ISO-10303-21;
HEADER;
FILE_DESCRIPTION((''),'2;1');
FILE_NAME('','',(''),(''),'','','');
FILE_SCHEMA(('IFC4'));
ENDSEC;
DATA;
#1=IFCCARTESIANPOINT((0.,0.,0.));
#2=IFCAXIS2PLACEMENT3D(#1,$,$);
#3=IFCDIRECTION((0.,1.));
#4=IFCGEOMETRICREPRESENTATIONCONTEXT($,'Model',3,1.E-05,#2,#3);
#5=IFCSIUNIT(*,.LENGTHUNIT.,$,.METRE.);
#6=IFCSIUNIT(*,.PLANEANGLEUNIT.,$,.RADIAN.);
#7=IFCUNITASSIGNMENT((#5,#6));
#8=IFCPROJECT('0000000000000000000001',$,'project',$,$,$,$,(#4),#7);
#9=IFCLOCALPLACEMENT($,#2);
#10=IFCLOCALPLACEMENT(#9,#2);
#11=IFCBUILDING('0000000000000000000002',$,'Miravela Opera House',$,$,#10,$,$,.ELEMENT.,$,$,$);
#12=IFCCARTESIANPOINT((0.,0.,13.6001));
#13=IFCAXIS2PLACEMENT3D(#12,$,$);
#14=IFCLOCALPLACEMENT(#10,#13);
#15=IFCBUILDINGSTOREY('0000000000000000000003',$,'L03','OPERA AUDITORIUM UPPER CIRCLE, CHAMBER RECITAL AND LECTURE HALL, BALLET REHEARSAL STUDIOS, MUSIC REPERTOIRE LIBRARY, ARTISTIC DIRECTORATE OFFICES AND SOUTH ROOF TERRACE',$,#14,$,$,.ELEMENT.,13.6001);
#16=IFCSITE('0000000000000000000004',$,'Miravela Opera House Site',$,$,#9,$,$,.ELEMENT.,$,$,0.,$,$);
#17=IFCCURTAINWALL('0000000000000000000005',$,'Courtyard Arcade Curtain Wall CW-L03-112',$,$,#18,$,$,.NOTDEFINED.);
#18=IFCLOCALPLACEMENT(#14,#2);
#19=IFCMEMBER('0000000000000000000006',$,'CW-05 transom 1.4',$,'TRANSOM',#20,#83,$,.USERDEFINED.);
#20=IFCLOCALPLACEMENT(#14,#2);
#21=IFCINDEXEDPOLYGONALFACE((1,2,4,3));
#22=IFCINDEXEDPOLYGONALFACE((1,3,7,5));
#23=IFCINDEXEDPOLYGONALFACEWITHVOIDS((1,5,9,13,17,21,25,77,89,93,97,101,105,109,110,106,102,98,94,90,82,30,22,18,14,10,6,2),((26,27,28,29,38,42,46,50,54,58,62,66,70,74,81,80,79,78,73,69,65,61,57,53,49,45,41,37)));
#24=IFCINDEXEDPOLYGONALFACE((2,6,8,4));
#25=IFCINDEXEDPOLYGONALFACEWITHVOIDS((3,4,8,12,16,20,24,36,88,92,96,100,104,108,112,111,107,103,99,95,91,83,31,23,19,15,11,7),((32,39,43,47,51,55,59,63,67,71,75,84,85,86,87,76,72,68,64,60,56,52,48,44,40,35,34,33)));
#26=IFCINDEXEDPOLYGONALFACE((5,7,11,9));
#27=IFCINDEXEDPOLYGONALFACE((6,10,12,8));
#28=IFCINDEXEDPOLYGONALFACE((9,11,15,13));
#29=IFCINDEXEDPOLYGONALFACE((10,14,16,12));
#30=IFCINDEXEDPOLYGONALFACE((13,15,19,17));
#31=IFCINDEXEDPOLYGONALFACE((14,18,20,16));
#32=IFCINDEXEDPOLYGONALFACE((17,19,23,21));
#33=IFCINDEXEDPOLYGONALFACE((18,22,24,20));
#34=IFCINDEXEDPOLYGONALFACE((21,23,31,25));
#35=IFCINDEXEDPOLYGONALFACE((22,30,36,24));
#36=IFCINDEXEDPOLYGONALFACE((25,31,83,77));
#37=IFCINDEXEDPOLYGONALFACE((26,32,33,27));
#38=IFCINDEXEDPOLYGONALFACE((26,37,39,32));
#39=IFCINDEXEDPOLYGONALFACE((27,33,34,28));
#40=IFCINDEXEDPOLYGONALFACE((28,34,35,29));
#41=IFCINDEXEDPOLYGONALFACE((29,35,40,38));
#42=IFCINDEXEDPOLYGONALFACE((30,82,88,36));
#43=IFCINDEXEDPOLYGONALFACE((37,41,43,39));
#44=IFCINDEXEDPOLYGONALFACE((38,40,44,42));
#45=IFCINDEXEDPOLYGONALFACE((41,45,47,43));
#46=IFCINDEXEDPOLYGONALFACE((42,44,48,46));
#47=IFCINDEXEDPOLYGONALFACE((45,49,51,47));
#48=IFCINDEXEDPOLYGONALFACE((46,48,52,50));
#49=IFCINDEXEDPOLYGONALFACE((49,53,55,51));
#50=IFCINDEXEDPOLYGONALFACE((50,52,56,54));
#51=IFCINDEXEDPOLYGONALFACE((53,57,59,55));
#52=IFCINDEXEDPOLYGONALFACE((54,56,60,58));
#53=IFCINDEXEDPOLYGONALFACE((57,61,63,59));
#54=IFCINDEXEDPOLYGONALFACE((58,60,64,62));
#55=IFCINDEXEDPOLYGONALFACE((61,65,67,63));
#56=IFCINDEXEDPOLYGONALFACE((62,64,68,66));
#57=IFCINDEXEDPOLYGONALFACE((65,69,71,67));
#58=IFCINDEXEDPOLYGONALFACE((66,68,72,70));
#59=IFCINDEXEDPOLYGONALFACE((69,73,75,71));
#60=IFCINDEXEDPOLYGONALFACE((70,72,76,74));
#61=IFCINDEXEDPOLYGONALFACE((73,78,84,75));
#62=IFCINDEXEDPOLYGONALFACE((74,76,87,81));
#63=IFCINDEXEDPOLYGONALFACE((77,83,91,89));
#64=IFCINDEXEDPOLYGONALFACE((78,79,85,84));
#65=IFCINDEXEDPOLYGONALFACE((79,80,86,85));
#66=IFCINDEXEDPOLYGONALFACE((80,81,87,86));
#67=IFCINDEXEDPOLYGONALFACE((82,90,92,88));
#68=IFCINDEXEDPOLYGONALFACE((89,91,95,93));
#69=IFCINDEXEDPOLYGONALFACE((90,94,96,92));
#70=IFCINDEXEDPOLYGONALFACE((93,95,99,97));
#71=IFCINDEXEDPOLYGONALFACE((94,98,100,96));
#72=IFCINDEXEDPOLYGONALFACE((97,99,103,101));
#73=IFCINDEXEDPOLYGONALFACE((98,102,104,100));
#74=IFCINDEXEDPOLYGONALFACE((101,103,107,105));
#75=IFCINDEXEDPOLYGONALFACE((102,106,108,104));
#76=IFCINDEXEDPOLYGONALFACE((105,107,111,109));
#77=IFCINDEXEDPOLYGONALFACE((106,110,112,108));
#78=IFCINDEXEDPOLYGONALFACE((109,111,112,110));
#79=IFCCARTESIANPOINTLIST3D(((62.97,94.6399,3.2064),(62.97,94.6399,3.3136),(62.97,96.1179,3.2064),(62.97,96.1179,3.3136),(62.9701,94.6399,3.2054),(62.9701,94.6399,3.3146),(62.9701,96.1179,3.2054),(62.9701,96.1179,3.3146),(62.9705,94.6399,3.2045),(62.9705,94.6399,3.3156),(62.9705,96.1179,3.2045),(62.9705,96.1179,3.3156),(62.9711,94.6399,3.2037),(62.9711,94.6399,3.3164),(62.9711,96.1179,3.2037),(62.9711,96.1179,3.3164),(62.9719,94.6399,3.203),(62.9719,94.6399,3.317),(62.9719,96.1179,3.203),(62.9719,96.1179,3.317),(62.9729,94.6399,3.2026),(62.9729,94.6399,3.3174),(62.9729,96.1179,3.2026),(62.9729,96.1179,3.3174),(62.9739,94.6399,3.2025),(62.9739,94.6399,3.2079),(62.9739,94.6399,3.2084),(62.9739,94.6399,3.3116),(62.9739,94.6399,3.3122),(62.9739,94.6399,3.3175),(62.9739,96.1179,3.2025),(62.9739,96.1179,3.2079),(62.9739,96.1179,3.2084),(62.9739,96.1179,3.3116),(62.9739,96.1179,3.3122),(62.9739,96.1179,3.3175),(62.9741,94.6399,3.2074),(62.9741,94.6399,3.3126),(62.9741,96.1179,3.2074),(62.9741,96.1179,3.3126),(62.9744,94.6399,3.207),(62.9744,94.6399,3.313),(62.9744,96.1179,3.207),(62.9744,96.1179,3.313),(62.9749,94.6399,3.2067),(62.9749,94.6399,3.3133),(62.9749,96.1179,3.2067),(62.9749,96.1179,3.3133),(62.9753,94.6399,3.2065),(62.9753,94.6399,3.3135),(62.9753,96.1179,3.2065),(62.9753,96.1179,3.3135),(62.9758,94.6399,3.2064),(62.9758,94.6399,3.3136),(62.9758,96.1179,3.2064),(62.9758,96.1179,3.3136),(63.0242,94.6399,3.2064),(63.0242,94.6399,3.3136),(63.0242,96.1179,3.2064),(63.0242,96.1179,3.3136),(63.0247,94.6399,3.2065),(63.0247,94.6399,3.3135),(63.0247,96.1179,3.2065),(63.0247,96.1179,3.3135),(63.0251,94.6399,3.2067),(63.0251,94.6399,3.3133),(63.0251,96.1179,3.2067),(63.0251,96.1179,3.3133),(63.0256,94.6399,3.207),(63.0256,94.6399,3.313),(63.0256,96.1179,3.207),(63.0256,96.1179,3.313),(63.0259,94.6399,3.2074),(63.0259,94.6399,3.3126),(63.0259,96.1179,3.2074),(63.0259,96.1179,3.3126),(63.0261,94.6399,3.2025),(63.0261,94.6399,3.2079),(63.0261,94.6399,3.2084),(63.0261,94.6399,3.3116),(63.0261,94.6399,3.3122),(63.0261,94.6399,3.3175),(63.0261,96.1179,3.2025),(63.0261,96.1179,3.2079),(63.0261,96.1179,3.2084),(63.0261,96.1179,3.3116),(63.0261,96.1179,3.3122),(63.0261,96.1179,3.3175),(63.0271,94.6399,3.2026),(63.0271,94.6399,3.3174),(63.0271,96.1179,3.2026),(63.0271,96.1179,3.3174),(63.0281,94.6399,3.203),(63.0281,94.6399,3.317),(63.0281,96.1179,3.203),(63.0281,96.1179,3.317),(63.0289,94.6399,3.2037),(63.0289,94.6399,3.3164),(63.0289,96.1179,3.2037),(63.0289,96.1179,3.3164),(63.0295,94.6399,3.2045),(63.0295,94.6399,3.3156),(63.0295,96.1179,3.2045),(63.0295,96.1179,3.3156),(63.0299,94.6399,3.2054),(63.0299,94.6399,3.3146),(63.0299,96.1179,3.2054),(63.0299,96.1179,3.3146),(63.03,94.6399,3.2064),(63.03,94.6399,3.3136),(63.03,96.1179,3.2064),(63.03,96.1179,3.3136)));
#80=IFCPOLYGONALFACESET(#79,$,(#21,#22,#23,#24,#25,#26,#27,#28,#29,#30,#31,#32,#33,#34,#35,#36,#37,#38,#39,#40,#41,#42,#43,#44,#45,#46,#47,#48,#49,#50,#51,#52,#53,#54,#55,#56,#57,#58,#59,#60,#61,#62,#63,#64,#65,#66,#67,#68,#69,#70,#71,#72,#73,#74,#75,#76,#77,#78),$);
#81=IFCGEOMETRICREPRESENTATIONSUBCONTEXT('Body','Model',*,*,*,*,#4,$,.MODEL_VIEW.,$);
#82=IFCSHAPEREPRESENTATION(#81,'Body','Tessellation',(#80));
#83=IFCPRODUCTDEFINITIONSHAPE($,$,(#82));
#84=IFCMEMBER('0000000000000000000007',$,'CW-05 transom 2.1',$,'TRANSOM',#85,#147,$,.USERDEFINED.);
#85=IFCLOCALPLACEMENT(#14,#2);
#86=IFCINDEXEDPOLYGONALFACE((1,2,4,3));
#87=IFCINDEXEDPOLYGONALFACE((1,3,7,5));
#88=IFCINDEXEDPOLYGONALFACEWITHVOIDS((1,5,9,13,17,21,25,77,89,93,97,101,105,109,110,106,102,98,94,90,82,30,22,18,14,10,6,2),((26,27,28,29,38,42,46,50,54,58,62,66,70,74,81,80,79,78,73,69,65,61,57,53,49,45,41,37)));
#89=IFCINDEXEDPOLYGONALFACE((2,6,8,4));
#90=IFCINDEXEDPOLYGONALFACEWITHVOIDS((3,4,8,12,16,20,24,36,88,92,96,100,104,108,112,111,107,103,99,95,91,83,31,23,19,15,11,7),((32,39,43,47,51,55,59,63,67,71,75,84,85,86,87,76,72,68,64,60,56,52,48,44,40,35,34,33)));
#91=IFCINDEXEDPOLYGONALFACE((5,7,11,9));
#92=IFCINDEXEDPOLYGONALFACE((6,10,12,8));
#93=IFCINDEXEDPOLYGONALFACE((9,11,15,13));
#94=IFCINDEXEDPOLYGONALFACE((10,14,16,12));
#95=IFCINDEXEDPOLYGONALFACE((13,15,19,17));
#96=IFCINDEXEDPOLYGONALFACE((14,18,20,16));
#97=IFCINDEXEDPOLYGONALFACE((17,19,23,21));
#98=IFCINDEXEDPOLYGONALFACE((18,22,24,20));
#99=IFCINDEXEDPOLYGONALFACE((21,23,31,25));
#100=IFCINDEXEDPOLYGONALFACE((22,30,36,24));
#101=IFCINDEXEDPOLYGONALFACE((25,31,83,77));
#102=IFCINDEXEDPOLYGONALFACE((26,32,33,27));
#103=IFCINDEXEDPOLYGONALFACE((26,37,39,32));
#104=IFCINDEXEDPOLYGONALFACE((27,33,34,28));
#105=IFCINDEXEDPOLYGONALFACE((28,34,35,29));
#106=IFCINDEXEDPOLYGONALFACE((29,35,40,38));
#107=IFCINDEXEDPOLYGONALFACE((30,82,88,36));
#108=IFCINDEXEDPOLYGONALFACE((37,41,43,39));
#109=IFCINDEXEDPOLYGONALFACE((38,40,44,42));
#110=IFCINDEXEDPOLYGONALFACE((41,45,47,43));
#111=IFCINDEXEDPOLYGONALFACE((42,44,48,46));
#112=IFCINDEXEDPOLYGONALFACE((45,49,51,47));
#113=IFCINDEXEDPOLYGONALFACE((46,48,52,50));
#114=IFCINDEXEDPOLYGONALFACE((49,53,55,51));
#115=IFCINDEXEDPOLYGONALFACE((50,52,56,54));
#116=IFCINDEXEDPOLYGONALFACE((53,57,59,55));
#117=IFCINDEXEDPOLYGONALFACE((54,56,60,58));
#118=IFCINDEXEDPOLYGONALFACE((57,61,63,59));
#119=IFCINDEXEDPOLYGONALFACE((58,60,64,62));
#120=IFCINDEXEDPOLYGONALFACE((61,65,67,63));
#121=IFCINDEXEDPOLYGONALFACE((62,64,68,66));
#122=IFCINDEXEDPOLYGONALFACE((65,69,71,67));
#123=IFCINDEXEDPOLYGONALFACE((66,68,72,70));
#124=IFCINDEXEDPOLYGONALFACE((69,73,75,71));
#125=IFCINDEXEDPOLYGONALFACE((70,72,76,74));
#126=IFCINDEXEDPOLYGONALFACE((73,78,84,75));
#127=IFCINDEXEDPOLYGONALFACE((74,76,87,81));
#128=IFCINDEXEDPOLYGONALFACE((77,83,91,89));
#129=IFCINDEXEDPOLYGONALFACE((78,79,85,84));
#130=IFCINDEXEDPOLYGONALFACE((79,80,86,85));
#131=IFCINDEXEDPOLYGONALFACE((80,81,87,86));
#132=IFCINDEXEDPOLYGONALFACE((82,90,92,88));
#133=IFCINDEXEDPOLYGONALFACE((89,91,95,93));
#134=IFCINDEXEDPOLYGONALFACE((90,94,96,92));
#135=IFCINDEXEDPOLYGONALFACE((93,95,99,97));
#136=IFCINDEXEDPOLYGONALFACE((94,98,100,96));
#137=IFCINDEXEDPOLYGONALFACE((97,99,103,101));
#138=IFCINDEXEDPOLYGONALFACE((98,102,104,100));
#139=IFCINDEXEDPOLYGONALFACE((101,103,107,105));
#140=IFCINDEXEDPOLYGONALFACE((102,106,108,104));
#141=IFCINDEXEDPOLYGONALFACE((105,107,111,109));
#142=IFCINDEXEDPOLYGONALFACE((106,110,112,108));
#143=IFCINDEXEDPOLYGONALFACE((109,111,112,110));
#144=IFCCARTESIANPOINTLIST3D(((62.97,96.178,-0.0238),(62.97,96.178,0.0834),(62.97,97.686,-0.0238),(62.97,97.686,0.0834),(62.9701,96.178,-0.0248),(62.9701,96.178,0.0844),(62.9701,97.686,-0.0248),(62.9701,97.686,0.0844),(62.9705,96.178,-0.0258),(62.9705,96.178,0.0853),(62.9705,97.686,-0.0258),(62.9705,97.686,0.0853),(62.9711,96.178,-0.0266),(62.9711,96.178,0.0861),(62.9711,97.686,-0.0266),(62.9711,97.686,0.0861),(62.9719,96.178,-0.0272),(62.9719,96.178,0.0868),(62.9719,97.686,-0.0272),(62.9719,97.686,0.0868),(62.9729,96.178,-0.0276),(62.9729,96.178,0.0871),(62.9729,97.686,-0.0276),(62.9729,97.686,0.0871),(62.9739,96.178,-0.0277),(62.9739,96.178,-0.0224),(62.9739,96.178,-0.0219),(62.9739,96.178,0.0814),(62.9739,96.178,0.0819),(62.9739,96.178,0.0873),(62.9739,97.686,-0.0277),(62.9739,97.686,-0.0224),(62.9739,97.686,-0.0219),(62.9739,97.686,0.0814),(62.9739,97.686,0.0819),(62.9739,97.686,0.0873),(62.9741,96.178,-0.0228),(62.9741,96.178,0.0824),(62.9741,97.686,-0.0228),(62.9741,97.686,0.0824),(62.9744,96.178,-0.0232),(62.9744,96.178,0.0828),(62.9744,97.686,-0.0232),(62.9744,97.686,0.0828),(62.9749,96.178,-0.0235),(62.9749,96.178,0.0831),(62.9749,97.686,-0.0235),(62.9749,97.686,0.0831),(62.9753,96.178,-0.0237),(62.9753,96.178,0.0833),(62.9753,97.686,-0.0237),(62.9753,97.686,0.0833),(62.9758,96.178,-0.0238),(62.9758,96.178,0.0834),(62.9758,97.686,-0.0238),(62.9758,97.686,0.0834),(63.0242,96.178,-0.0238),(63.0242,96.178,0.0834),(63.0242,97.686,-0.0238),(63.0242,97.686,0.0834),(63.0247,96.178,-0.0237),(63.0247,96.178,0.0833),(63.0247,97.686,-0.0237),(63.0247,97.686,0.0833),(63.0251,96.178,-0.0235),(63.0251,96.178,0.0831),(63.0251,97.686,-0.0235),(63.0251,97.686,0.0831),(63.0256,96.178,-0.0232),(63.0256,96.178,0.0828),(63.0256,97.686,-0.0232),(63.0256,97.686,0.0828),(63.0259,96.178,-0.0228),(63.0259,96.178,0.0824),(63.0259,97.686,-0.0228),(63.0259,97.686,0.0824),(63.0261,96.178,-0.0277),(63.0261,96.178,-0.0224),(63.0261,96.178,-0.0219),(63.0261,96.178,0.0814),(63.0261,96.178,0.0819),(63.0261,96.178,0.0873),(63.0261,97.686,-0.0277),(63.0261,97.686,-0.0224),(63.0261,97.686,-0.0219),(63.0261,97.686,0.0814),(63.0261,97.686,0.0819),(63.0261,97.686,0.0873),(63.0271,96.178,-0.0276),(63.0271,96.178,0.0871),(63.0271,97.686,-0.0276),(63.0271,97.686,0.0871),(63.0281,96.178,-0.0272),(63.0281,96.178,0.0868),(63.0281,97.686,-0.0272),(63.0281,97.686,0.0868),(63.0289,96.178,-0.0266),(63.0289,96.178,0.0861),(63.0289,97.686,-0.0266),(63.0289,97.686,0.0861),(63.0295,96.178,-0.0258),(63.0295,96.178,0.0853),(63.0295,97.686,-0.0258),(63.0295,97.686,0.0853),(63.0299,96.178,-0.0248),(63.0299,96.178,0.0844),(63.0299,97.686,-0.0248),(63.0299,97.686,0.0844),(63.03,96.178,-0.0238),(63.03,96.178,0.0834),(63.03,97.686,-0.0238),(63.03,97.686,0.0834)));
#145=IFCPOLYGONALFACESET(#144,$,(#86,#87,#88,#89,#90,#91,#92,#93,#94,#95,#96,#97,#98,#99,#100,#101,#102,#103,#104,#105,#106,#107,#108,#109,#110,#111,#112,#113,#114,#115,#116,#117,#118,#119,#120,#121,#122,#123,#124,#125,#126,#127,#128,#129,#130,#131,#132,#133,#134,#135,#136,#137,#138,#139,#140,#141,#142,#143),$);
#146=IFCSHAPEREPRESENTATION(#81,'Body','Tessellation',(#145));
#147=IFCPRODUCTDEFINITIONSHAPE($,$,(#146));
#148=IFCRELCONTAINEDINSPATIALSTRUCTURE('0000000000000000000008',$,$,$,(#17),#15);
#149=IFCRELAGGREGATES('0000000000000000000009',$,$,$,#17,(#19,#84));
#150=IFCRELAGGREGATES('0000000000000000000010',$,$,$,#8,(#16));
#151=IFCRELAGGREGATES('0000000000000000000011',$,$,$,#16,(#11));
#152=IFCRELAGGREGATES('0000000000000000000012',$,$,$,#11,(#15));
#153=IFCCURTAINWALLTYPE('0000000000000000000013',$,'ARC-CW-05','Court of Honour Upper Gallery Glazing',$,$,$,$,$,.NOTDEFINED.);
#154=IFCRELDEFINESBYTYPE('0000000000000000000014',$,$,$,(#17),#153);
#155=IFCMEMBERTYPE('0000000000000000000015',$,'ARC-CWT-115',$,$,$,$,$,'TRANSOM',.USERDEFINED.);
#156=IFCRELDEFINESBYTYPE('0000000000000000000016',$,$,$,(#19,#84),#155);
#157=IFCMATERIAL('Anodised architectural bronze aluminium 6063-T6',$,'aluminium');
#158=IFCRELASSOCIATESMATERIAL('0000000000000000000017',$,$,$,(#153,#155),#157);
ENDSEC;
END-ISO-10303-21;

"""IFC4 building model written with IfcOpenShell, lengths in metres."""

from ifc_helpers import new_model, si_unit, direction, frame, origin, origin_2d, place, context, subcontext, project, spatial, hollow_rectangle, extrude, material, material_profile, profile_set, type_object, element, aggregate, save


model = new_model("IFC4")

# Units and contexts
model_context = context("Model", 3, precision=1e-05, world=origin(), true_north=direction((0.0, 1.0)))
body_context = subcontext(model_context, "Body", "Model", "MODEL_VIEW")
ifc_project = project(units=[si_unit("LENGTHUNIT", "METRE"), si_unit("PLANEANGLEUNIT", "RADIAN")], contexts=[model_context])

# Site, building, storey
site_placement = place(None, origin())
site = spatial("IfcSite", under=ifc_project, at=site_placement, Name="Miravela Opera House Site", CompositionType="ELEMENT", RefElevation=0.0)
building_placement = place(site_placement, origin())
building = spatial("IfcBuilding", under=site, at=building_placement, Name="Miravela Opera House", CompositionType="ELEMENT")
storey_placement = place(building_placement, frame((0.0, 0.0, 13.6001)))
storey = spatial("IfcBuildingStorey", under=building, at=storey_placement, Name="L03", Description="OPERA AUDITORIUM UPPER CIRCLE, CHAMBER RECITAL AND LECTURE HALL, BALLET REHEARSAL STUDIOS, MUSIC REPERTOIRE LIBRARY, ARTISTIC DIRECTORATE OFFICES AND SOUTH ROOF TERRACE", CompositionType="ELEMENT", Elevation=13.6001)

# Shared definitions
ifc_material_1 = material(Name="Anodised architectural bronze aluminium 6063-T6", Category="aluminium")
curtain_wall_type = type_object("IfcCurtainWallType", Name="ARC-CW-05", Description="Court of Honour Upper Gallery Glazing", PredefinedType="NOTDEFINED", material=ifc_material_1)

# Curtain wall, members
curtain_wall_1_placement = place(storey_placement, origin())
curtain_wall_1 = element("IfcCurtainWall", 1, at=curtain_wall_1_placement, inside=storey, type_object=curtain_wall_type, Name="Courtyard Arcade Curtain Wall CW-L03-112", PredefinedType="NOTDEFINED")
ifc_material_profile_1 = material_profile(ifc_material_1, hollow_rectangle(XDim=0.0601, YDim=0.115, WallThickness=0.0039, InnerFilletRadius=0.002, OuterFilletRadius=0.0039, at=origin_2d()), Name="CWT-60X115")
ifc_profile_set_1 = profile_set([ifc_material_profile_1])
member_type_1 = type_object("IfcMemberType", Name="ARC-CWT-115", ElementType="TRANSOM", PredefinedType="USERDEFINED", material=ifc_profile_set_1)
member_1_placement = place(storey_placement, frame((63.0, 94.6399, 3.26), z_axis=(0.0, 1.0, 0.0), x_axis=(-1.0, 0.0, 0.0)))
member_1 = element("IfcMember", 2, at=member_1_placement, type_object=member_type_1, Name="CW-05 transom 1.4", ObjectType="TRANSOM", PredefinedType="USERDEFINED", context=body_context, shape_type="SweptSolid", body=[
    extrude(hollow_rectangle(XDim=0.0601, YDim=0.115, WallThickness=0.0039, InnerFilletRadius=0.002, OuterFilletRadius=0.0039, at=origin_2d()), origin(), (0.0, 0.0, 1.0), 1.478),
])
member_2_placement = place(storey_placement, frame((63.0, 96.178, 0.0298), z_axis=(0.0, 1.0, 0.0), x_axis=(-1.0, 0.0, 0.0)))
member_2 = element("IfcMember", 3, at=member_2_placement, type_object=member_type_1, Name="CW-05 transom 2.1", ObjectType="TRANSOM", PredefinedType="USERDEFINED", context=body_context, shape_type="SweptSolid", body=[
    extrude(hollow_rectangle(XDim=0.0601, YDim=0.115, WallThickness=0.0039, InnerFilletRadius=0.002, OuterFilletRadius=0.0039, at=origin_2d()), origin(), (0.0, 0.0, 1.0), 1.5081),
])

aggregate(curtain_wall_1, [member_1, member_2])

save(model, "model.ifc")
